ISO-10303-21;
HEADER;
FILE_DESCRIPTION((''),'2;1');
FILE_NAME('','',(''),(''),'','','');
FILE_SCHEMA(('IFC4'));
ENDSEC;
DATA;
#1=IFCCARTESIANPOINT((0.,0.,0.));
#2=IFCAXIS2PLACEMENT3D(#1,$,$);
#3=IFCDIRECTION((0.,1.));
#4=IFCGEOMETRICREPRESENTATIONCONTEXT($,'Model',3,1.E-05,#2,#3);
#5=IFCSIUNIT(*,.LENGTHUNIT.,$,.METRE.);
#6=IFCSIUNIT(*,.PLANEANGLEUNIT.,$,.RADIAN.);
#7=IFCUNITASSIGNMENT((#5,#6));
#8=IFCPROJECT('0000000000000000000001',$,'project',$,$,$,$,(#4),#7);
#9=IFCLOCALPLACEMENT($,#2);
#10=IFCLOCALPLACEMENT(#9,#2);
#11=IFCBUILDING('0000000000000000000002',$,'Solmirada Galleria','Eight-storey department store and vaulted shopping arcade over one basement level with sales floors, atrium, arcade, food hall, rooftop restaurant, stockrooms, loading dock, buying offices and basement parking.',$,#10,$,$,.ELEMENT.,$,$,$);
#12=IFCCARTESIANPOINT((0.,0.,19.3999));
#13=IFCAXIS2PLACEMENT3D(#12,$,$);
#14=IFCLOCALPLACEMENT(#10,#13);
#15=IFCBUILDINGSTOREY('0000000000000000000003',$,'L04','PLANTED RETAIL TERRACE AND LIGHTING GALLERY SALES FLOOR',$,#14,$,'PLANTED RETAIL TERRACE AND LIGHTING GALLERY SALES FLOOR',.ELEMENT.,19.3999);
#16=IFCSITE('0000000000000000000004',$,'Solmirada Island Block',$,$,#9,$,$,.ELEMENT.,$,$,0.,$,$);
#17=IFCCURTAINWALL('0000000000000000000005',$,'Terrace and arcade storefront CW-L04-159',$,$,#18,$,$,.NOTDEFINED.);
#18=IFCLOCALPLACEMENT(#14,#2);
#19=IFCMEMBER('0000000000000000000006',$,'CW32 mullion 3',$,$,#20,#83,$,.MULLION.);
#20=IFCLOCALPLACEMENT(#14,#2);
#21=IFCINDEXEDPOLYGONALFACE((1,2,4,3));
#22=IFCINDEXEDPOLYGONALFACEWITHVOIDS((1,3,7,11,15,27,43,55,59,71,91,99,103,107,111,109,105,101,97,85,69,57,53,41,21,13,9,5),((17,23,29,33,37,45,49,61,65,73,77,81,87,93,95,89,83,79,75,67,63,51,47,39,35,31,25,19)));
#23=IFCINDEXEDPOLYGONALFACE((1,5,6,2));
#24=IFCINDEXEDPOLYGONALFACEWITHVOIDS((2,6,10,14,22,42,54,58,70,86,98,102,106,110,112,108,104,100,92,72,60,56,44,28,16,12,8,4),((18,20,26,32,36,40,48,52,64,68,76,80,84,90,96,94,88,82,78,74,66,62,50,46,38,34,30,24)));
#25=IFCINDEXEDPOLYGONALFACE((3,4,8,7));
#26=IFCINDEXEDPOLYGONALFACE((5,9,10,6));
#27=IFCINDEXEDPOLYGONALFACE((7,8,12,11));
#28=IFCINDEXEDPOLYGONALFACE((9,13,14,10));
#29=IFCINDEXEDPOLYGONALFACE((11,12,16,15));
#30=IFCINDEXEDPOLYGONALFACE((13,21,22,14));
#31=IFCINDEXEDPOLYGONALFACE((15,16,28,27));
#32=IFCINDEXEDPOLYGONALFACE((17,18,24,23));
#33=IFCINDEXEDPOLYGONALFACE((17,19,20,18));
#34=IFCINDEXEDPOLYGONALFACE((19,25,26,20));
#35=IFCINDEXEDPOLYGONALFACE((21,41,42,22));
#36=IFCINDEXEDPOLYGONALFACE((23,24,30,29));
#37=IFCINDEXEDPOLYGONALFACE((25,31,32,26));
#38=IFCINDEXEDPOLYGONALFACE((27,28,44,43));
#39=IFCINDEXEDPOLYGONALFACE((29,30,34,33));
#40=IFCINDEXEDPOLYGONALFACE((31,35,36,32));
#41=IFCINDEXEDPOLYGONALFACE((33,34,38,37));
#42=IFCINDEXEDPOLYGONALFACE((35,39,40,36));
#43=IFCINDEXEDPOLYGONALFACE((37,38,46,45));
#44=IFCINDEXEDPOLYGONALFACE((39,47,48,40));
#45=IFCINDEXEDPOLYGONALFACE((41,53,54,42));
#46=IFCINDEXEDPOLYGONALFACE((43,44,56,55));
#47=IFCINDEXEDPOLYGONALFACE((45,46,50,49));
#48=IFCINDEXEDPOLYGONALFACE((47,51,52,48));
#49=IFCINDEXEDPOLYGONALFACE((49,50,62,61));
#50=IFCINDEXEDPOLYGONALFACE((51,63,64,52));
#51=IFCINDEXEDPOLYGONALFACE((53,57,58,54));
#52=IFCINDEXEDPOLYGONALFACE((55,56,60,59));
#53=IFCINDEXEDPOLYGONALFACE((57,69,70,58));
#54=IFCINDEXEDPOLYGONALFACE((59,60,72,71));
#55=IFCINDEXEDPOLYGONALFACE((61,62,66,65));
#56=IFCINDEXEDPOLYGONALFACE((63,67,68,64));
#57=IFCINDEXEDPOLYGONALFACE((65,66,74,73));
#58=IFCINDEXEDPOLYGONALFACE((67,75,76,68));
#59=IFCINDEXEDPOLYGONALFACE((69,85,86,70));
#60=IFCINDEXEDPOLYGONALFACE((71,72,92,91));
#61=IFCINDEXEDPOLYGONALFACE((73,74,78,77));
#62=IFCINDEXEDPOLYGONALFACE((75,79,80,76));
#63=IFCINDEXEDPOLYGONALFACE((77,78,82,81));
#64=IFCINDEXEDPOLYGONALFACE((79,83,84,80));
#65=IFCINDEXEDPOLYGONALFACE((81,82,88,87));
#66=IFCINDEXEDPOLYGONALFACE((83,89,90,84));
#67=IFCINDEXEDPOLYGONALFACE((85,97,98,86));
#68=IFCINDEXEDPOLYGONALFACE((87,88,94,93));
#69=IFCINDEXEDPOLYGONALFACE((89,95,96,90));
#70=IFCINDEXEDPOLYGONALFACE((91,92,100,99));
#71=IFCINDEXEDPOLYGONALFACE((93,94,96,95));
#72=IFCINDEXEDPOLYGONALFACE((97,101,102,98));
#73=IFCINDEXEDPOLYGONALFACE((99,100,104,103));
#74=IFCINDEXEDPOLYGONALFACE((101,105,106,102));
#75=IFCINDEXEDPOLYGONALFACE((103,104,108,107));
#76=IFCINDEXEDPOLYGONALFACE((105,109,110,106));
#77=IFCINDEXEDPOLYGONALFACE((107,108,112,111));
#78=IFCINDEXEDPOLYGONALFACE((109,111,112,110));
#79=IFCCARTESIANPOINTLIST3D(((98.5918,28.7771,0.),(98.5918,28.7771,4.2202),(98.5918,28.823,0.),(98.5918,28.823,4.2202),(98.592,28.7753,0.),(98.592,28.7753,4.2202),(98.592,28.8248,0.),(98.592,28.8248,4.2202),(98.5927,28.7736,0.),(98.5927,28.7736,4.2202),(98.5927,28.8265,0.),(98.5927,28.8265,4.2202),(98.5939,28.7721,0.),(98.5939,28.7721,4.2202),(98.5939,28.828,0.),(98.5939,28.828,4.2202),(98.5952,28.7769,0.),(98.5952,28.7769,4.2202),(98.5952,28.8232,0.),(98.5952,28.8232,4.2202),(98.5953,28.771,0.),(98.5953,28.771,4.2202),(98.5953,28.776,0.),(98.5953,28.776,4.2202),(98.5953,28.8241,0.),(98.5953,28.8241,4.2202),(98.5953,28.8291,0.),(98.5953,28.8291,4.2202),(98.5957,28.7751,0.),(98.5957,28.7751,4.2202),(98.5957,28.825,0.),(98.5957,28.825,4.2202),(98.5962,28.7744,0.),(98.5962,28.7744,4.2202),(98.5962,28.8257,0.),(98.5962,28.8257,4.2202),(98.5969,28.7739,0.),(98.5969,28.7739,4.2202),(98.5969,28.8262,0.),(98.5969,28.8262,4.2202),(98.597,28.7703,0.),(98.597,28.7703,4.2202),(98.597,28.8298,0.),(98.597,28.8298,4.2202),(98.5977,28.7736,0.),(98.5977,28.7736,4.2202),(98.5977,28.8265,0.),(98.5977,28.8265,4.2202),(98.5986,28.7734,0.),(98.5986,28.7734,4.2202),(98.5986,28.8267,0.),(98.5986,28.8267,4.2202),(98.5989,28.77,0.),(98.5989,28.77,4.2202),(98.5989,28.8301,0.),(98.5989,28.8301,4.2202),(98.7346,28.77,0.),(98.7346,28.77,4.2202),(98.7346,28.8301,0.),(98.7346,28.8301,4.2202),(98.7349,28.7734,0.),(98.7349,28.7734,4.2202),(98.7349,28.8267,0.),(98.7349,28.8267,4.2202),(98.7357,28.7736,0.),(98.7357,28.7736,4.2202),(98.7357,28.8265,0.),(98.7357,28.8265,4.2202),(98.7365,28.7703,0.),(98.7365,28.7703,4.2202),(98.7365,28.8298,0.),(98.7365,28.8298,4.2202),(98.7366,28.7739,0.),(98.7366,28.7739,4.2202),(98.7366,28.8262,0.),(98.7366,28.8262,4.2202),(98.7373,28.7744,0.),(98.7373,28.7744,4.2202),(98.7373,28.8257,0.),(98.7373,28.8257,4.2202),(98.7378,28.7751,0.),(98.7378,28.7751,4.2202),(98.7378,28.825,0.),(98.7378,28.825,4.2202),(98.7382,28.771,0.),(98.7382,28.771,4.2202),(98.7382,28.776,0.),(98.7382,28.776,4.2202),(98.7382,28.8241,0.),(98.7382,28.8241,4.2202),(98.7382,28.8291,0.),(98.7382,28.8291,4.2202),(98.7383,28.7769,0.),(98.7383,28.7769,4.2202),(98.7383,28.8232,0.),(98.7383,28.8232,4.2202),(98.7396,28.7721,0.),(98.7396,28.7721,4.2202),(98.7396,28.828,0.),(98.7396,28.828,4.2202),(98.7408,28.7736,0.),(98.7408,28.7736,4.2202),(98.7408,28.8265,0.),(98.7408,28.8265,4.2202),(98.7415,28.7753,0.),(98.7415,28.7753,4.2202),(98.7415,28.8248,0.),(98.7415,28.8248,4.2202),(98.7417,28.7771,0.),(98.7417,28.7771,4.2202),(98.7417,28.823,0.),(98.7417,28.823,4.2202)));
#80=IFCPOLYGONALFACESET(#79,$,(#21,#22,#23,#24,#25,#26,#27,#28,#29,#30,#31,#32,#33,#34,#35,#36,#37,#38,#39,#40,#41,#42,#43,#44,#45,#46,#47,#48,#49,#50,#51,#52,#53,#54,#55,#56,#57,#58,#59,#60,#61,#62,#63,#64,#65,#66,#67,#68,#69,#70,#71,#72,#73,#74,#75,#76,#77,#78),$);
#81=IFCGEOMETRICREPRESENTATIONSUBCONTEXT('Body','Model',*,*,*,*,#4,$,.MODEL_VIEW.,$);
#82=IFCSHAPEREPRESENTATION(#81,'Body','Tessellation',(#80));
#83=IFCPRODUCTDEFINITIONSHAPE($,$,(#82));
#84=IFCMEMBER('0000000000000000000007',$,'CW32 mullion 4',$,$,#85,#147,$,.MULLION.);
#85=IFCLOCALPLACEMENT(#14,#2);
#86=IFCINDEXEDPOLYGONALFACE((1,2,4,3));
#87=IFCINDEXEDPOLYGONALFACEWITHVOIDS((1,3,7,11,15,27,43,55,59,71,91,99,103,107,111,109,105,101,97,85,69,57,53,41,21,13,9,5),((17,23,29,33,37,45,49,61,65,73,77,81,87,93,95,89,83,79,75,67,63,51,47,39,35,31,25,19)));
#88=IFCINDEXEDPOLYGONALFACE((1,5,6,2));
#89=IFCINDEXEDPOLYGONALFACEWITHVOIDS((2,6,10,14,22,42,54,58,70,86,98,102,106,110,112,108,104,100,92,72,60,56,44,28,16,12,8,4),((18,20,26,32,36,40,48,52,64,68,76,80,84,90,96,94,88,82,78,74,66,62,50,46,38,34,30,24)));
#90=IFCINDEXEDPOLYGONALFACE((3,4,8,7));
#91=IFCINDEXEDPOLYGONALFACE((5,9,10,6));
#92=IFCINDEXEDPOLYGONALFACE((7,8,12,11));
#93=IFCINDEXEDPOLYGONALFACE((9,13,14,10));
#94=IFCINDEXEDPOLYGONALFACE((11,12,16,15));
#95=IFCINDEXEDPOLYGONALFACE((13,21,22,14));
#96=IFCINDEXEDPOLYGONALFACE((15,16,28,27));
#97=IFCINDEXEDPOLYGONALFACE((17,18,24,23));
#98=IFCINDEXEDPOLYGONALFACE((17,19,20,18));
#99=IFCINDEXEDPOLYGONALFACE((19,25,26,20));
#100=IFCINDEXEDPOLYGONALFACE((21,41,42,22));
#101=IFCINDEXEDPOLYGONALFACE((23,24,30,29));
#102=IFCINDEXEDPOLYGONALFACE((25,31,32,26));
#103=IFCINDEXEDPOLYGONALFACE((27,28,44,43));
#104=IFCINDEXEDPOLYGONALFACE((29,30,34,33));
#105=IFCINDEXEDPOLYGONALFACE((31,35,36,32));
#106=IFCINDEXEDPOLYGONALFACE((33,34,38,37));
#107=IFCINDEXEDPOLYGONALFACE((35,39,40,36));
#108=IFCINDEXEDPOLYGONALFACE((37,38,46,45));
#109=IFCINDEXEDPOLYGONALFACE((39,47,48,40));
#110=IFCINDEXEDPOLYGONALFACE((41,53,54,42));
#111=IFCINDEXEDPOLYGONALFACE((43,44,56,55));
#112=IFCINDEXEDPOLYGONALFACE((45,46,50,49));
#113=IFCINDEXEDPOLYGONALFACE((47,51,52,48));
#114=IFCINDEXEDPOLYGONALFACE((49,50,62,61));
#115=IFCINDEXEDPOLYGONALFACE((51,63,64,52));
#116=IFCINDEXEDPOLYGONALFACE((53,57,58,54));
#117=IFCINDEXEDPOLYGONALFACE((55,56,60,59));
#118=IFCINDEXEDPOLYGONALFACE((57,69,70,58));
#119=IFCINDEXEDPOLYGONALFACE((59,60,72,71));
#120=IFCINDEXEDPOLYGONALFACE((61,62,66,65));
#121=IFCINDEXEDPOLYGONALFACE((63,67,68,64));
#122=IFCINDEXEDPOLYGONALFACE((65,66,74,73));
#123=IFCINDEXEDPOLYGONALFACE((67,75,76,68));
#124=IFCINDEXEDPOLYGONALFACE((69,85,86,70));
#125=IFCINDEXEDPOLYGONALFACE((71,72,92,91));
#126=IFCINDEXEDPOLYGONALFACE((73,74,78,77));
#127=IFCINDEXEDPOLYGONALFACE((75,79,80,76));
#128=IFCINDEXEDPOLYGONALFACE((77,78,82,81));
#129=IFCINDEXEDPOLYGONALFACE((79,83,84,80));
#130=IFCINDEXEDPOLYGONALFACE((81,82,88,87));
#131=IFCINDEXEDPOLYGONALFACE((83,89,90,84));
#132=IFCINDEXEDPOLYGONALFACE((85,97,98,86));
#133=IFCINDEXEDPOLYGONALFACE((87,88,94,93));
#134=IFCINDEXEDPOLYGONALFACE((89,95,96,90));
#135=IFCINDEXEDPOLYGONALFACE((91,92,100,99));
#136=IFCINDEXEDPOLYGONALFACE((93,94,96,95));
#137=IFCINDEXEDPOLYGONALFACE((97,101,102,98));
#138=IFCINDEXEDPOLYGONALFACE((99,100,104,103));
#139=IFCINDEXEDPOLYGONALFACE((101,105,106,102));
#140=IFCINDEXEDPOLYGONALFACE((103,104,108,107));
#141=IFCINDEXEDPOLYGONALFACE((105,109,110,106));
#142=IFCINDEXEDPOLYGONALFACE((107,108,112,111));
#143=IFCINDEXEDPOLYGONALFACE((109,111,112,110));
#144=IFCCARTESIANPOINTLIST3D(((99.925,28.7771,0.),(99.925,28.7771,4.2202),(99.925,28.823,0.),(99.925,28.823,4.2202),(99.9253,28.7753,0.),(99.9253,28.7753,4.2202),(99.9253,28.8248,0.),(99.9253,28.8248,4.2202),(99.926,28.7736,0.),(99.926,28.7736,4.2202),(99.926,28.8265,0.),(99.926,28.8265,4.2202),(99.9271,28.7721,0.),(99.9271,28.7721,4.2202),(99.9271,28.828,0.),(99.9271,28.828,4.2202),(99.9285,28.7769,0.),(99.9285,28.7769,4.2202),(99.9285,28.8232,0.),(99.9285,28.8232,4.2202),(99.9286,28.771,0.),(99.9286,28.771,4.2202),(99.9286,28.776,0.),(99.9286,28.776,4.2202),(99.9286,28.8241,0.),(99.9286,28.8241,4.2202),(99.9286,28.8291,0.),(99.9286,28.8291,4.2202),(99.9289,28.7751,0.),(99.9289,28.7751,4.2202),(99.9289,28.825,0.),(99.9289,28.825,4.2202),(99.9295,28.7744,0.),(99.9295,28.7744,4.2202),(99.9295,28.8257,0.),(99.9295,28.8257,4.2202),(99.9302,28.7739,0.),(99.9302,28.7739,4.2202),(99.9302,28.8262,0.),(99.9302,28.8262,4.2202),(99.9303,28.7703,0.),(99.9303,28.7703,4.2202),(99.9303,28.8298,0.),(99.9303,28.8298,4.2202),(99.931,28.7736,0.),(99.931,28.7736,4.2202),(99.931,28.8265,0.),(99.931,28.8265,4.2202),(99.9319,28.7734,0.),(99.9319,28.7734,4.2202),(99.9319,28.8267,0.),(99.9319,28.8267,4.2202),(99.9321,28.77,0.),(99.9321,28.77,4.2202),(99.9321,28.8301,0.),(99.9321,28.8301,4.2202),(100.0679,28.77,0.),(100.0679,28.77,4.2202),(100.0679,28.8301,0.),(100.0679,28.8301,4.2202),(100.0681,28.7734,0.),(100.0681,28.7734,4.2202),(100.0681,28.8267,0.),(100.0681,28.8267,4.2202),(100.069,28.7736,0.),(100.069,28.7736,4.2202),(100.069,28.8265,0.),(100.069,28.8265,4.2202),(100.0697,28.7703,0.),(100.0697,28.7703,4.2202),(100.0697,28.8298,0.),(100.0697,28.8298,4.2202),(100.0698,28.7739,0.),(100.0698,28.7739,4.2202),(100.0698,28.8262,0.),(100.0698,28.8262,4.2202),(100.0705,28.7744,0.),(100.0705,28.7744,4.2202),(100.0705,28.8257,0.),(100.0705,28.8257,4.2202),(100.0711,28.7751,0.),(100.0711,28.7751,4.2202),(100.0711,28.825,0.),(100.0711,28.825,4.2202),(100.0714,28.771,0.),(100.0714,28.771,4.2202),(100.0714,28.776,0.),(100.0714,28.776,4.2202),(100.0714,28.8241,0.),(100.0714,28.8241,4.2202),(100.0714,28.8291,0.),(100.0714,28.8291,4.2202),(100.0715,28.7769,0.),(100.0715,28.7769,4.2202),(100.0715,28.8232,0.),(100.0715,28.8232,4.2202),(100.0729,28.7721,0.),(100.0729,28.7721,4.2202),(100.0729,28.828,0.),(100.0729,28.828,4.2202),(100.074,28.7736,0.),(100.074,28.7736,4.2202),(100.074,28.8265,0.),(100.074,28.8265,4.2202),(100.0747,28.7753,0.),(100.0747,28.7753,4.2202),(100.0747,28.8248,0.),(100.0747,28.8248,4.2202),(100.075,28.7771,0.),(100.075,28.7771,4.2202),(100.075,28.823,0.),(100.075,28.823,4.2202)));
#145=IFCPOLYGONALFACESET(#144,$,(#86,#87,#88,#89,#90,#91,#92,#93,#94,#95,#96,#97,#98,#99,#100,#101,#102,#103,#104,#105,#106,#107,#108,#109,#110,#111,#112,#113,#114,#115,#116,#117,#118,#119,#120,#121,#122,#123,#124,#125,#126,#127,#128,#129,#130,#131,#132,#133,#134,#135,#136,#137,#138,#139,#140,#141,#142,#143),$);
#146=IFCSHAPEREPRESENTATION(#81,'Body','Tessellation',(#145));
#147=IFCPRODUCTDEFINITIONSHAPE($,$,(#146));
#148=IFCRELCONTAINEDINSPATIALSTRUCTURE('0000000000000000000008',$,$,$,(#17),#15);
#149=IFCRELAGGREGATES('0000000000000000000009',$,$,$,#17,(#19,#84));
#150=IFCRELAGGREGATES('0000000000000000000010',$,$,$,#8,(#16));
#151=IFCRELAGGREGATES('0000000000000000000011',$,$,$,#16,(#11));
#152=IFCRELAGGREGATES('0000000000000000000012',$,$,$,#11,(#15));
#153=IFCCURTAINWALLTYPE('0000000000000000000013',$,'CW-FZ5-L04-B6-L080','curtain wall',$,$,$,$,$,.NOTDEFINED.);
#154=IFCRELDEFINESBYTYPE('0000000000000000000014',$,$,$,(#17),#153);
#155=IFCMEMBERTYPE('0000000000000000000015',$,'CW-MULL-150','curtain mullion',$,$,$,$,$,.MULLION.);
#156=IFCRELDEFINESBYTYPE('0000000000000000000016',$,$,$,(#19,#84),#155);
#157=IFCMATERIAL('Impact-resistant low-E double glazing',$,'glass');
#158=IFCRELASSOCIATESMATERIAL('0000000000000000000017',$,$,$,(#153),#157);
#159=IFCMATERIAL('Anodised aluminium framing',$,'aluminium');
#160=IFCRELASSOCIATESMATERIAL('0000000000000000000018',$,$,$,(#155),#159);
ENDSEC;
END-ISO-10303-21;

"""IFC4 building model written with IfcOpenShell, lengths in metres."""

from ifc_helpers import new_model, si_unit, direction, frame, origin, origin_2d, place, context, subcontext, project, spatial, hollow_rectangle, extrude, material, material_profile, profile_set, type_object, element, aggregate, save


model = new_model("IFC4")

# Units and contexts
model_context = context("Model", 3, precision=1e-05, world=origin(), true_north=direction((0.0, 1.0)))
body_context = subcontext(model_context, "Body", "Model", "MODEL_VIEW")
ifc_project = project(units=[si_unit("LENGTHUNIT", "METRE"), si_unit("PLANEANGLEUNIT", "RADIAN")], contexts=[model_context])

# Site, building, storey
site_placement = place(None, origin())
site = spatial("IfcSite", under=ifc_project, at=site_placement, Name="Solmirada Island Block", CompositionType="ELEMENT", RefElevation=0.0)
building_placement = place(site_placement, origin())
building = spatial("IfcBuilding", under=site, at=building_placement, Name="Solmirada Galleria", Description="Eight-storey department store and vaulted shopping arcade over one basement level with sales floors, atrium, arcade, food hall, rooftop restaurant, stockrooms, loading dock, buying offices and basement parking.", CompositionType="ELEMENT")
storey_placement = place(building_placement, frame((0.0, 0.0, 19.3999)))
storey = spatial("IfcBuildingStorey", under=building, at=storey_placement, Name="L04", Description="PLANTED RETAIL TERRACE AND LIGHTING GALLERY SALES FLOOR", LongName="PLANTED RETAIL TERRACE AND LIGHTING GALLERY SALES FLOOR", CompositionType="ELEMENT", Elevation=19.3999)

# Curtain wall, members
ifc_material_1 = material(Name="Impact-resistant low-E double glazing", Category="glass")
curtain_wall_type = type_object("IfcCurtainWallType", Name="CW-FZ5-L04-B6-L080", Description="curtain wall", PredefinedType="NOTDEFINED", material=ifc_material_1)
curtain_wall_placement = place(storey_placement, origin())
curtain_wall = element("IfcCurtainWall", 1, at=curtain_wall_placement, inside=storey, type_object=curtain_wall_type, Name="Terrace and arcade storefront CW-L04-159", PredefinedType="NOTDEFINED")
ifc_material_2 = material(Name="Anodised aluminium framing", Category="aluminium")
ifc_material_profile_1 = material_profile(ifc_material_2, hollow_rectangle(XDim=0.0601, YDim=0.1499, WallThickness=0.0034, InnerFilletRadius=0.0034, OuterFilletRadius=0.0071, at=origin_2d()), Name="ALU-MULL-150X60")
ifc_profile_set_1 = profile_set([ifc_material_profile_1], Name="Anodised aluminium framing")
member_type_1 = type_object("IfcMemberType", Name="CW-MULL-150", Description="curtain mullion", PredefinedType="MULLION", material=ifc_profile_set_1)
member_1_placement = place(storey_placement, frame((98.6667, 28.8, 0.0), z_axis=(0.0, 0.0, 1.0), x_axis=(0.0, 1.0, 0.0)))
member_1 = element("IfcMember", 2, at=member_1_placement, type_object=member_type_1, Name="CW32 mullion 3", PredefinedType="MULLION", context=body_context, shape_type="SweptSolid", body=[
    extrude(hollow_rectangle(XDim=0.0601, YDim=0.1499, WallThickness=0.0034, InnerFilletRadius=0.0034, OuterFilletRadius=0.0071, at=origin_2d()), origin(), (0.0, 0.0, 1.0), 4.2202),
])
member_2_placement = place(storey_placement, frame((100.0, 28.8, 0.0), z_axis=(0.0, 0.0, 1.0), x_axis=(0.0, 1.0, 0.0)))
member_2 = element("IfcMember", 3, at=member_2_placement, type_object=member_type_1, Name="CW32 mullion 4", PredefinedType="MULLION", context=body_context, shape_type="SweptSolid", body=[
    extrude(hollow_rectangle(XDim=0.0601, YDim=0.1499, WallThickness=0.0034, InnerFilletRadius=0.0034, OuterFilletRadius=0.0071, at=origin_2d()), origin(), (0.0, 0.0, 1.0), 4.2202),
])
aggregate(curtain_wall, [member_1, member_2])

save(model, "model.ifc")
